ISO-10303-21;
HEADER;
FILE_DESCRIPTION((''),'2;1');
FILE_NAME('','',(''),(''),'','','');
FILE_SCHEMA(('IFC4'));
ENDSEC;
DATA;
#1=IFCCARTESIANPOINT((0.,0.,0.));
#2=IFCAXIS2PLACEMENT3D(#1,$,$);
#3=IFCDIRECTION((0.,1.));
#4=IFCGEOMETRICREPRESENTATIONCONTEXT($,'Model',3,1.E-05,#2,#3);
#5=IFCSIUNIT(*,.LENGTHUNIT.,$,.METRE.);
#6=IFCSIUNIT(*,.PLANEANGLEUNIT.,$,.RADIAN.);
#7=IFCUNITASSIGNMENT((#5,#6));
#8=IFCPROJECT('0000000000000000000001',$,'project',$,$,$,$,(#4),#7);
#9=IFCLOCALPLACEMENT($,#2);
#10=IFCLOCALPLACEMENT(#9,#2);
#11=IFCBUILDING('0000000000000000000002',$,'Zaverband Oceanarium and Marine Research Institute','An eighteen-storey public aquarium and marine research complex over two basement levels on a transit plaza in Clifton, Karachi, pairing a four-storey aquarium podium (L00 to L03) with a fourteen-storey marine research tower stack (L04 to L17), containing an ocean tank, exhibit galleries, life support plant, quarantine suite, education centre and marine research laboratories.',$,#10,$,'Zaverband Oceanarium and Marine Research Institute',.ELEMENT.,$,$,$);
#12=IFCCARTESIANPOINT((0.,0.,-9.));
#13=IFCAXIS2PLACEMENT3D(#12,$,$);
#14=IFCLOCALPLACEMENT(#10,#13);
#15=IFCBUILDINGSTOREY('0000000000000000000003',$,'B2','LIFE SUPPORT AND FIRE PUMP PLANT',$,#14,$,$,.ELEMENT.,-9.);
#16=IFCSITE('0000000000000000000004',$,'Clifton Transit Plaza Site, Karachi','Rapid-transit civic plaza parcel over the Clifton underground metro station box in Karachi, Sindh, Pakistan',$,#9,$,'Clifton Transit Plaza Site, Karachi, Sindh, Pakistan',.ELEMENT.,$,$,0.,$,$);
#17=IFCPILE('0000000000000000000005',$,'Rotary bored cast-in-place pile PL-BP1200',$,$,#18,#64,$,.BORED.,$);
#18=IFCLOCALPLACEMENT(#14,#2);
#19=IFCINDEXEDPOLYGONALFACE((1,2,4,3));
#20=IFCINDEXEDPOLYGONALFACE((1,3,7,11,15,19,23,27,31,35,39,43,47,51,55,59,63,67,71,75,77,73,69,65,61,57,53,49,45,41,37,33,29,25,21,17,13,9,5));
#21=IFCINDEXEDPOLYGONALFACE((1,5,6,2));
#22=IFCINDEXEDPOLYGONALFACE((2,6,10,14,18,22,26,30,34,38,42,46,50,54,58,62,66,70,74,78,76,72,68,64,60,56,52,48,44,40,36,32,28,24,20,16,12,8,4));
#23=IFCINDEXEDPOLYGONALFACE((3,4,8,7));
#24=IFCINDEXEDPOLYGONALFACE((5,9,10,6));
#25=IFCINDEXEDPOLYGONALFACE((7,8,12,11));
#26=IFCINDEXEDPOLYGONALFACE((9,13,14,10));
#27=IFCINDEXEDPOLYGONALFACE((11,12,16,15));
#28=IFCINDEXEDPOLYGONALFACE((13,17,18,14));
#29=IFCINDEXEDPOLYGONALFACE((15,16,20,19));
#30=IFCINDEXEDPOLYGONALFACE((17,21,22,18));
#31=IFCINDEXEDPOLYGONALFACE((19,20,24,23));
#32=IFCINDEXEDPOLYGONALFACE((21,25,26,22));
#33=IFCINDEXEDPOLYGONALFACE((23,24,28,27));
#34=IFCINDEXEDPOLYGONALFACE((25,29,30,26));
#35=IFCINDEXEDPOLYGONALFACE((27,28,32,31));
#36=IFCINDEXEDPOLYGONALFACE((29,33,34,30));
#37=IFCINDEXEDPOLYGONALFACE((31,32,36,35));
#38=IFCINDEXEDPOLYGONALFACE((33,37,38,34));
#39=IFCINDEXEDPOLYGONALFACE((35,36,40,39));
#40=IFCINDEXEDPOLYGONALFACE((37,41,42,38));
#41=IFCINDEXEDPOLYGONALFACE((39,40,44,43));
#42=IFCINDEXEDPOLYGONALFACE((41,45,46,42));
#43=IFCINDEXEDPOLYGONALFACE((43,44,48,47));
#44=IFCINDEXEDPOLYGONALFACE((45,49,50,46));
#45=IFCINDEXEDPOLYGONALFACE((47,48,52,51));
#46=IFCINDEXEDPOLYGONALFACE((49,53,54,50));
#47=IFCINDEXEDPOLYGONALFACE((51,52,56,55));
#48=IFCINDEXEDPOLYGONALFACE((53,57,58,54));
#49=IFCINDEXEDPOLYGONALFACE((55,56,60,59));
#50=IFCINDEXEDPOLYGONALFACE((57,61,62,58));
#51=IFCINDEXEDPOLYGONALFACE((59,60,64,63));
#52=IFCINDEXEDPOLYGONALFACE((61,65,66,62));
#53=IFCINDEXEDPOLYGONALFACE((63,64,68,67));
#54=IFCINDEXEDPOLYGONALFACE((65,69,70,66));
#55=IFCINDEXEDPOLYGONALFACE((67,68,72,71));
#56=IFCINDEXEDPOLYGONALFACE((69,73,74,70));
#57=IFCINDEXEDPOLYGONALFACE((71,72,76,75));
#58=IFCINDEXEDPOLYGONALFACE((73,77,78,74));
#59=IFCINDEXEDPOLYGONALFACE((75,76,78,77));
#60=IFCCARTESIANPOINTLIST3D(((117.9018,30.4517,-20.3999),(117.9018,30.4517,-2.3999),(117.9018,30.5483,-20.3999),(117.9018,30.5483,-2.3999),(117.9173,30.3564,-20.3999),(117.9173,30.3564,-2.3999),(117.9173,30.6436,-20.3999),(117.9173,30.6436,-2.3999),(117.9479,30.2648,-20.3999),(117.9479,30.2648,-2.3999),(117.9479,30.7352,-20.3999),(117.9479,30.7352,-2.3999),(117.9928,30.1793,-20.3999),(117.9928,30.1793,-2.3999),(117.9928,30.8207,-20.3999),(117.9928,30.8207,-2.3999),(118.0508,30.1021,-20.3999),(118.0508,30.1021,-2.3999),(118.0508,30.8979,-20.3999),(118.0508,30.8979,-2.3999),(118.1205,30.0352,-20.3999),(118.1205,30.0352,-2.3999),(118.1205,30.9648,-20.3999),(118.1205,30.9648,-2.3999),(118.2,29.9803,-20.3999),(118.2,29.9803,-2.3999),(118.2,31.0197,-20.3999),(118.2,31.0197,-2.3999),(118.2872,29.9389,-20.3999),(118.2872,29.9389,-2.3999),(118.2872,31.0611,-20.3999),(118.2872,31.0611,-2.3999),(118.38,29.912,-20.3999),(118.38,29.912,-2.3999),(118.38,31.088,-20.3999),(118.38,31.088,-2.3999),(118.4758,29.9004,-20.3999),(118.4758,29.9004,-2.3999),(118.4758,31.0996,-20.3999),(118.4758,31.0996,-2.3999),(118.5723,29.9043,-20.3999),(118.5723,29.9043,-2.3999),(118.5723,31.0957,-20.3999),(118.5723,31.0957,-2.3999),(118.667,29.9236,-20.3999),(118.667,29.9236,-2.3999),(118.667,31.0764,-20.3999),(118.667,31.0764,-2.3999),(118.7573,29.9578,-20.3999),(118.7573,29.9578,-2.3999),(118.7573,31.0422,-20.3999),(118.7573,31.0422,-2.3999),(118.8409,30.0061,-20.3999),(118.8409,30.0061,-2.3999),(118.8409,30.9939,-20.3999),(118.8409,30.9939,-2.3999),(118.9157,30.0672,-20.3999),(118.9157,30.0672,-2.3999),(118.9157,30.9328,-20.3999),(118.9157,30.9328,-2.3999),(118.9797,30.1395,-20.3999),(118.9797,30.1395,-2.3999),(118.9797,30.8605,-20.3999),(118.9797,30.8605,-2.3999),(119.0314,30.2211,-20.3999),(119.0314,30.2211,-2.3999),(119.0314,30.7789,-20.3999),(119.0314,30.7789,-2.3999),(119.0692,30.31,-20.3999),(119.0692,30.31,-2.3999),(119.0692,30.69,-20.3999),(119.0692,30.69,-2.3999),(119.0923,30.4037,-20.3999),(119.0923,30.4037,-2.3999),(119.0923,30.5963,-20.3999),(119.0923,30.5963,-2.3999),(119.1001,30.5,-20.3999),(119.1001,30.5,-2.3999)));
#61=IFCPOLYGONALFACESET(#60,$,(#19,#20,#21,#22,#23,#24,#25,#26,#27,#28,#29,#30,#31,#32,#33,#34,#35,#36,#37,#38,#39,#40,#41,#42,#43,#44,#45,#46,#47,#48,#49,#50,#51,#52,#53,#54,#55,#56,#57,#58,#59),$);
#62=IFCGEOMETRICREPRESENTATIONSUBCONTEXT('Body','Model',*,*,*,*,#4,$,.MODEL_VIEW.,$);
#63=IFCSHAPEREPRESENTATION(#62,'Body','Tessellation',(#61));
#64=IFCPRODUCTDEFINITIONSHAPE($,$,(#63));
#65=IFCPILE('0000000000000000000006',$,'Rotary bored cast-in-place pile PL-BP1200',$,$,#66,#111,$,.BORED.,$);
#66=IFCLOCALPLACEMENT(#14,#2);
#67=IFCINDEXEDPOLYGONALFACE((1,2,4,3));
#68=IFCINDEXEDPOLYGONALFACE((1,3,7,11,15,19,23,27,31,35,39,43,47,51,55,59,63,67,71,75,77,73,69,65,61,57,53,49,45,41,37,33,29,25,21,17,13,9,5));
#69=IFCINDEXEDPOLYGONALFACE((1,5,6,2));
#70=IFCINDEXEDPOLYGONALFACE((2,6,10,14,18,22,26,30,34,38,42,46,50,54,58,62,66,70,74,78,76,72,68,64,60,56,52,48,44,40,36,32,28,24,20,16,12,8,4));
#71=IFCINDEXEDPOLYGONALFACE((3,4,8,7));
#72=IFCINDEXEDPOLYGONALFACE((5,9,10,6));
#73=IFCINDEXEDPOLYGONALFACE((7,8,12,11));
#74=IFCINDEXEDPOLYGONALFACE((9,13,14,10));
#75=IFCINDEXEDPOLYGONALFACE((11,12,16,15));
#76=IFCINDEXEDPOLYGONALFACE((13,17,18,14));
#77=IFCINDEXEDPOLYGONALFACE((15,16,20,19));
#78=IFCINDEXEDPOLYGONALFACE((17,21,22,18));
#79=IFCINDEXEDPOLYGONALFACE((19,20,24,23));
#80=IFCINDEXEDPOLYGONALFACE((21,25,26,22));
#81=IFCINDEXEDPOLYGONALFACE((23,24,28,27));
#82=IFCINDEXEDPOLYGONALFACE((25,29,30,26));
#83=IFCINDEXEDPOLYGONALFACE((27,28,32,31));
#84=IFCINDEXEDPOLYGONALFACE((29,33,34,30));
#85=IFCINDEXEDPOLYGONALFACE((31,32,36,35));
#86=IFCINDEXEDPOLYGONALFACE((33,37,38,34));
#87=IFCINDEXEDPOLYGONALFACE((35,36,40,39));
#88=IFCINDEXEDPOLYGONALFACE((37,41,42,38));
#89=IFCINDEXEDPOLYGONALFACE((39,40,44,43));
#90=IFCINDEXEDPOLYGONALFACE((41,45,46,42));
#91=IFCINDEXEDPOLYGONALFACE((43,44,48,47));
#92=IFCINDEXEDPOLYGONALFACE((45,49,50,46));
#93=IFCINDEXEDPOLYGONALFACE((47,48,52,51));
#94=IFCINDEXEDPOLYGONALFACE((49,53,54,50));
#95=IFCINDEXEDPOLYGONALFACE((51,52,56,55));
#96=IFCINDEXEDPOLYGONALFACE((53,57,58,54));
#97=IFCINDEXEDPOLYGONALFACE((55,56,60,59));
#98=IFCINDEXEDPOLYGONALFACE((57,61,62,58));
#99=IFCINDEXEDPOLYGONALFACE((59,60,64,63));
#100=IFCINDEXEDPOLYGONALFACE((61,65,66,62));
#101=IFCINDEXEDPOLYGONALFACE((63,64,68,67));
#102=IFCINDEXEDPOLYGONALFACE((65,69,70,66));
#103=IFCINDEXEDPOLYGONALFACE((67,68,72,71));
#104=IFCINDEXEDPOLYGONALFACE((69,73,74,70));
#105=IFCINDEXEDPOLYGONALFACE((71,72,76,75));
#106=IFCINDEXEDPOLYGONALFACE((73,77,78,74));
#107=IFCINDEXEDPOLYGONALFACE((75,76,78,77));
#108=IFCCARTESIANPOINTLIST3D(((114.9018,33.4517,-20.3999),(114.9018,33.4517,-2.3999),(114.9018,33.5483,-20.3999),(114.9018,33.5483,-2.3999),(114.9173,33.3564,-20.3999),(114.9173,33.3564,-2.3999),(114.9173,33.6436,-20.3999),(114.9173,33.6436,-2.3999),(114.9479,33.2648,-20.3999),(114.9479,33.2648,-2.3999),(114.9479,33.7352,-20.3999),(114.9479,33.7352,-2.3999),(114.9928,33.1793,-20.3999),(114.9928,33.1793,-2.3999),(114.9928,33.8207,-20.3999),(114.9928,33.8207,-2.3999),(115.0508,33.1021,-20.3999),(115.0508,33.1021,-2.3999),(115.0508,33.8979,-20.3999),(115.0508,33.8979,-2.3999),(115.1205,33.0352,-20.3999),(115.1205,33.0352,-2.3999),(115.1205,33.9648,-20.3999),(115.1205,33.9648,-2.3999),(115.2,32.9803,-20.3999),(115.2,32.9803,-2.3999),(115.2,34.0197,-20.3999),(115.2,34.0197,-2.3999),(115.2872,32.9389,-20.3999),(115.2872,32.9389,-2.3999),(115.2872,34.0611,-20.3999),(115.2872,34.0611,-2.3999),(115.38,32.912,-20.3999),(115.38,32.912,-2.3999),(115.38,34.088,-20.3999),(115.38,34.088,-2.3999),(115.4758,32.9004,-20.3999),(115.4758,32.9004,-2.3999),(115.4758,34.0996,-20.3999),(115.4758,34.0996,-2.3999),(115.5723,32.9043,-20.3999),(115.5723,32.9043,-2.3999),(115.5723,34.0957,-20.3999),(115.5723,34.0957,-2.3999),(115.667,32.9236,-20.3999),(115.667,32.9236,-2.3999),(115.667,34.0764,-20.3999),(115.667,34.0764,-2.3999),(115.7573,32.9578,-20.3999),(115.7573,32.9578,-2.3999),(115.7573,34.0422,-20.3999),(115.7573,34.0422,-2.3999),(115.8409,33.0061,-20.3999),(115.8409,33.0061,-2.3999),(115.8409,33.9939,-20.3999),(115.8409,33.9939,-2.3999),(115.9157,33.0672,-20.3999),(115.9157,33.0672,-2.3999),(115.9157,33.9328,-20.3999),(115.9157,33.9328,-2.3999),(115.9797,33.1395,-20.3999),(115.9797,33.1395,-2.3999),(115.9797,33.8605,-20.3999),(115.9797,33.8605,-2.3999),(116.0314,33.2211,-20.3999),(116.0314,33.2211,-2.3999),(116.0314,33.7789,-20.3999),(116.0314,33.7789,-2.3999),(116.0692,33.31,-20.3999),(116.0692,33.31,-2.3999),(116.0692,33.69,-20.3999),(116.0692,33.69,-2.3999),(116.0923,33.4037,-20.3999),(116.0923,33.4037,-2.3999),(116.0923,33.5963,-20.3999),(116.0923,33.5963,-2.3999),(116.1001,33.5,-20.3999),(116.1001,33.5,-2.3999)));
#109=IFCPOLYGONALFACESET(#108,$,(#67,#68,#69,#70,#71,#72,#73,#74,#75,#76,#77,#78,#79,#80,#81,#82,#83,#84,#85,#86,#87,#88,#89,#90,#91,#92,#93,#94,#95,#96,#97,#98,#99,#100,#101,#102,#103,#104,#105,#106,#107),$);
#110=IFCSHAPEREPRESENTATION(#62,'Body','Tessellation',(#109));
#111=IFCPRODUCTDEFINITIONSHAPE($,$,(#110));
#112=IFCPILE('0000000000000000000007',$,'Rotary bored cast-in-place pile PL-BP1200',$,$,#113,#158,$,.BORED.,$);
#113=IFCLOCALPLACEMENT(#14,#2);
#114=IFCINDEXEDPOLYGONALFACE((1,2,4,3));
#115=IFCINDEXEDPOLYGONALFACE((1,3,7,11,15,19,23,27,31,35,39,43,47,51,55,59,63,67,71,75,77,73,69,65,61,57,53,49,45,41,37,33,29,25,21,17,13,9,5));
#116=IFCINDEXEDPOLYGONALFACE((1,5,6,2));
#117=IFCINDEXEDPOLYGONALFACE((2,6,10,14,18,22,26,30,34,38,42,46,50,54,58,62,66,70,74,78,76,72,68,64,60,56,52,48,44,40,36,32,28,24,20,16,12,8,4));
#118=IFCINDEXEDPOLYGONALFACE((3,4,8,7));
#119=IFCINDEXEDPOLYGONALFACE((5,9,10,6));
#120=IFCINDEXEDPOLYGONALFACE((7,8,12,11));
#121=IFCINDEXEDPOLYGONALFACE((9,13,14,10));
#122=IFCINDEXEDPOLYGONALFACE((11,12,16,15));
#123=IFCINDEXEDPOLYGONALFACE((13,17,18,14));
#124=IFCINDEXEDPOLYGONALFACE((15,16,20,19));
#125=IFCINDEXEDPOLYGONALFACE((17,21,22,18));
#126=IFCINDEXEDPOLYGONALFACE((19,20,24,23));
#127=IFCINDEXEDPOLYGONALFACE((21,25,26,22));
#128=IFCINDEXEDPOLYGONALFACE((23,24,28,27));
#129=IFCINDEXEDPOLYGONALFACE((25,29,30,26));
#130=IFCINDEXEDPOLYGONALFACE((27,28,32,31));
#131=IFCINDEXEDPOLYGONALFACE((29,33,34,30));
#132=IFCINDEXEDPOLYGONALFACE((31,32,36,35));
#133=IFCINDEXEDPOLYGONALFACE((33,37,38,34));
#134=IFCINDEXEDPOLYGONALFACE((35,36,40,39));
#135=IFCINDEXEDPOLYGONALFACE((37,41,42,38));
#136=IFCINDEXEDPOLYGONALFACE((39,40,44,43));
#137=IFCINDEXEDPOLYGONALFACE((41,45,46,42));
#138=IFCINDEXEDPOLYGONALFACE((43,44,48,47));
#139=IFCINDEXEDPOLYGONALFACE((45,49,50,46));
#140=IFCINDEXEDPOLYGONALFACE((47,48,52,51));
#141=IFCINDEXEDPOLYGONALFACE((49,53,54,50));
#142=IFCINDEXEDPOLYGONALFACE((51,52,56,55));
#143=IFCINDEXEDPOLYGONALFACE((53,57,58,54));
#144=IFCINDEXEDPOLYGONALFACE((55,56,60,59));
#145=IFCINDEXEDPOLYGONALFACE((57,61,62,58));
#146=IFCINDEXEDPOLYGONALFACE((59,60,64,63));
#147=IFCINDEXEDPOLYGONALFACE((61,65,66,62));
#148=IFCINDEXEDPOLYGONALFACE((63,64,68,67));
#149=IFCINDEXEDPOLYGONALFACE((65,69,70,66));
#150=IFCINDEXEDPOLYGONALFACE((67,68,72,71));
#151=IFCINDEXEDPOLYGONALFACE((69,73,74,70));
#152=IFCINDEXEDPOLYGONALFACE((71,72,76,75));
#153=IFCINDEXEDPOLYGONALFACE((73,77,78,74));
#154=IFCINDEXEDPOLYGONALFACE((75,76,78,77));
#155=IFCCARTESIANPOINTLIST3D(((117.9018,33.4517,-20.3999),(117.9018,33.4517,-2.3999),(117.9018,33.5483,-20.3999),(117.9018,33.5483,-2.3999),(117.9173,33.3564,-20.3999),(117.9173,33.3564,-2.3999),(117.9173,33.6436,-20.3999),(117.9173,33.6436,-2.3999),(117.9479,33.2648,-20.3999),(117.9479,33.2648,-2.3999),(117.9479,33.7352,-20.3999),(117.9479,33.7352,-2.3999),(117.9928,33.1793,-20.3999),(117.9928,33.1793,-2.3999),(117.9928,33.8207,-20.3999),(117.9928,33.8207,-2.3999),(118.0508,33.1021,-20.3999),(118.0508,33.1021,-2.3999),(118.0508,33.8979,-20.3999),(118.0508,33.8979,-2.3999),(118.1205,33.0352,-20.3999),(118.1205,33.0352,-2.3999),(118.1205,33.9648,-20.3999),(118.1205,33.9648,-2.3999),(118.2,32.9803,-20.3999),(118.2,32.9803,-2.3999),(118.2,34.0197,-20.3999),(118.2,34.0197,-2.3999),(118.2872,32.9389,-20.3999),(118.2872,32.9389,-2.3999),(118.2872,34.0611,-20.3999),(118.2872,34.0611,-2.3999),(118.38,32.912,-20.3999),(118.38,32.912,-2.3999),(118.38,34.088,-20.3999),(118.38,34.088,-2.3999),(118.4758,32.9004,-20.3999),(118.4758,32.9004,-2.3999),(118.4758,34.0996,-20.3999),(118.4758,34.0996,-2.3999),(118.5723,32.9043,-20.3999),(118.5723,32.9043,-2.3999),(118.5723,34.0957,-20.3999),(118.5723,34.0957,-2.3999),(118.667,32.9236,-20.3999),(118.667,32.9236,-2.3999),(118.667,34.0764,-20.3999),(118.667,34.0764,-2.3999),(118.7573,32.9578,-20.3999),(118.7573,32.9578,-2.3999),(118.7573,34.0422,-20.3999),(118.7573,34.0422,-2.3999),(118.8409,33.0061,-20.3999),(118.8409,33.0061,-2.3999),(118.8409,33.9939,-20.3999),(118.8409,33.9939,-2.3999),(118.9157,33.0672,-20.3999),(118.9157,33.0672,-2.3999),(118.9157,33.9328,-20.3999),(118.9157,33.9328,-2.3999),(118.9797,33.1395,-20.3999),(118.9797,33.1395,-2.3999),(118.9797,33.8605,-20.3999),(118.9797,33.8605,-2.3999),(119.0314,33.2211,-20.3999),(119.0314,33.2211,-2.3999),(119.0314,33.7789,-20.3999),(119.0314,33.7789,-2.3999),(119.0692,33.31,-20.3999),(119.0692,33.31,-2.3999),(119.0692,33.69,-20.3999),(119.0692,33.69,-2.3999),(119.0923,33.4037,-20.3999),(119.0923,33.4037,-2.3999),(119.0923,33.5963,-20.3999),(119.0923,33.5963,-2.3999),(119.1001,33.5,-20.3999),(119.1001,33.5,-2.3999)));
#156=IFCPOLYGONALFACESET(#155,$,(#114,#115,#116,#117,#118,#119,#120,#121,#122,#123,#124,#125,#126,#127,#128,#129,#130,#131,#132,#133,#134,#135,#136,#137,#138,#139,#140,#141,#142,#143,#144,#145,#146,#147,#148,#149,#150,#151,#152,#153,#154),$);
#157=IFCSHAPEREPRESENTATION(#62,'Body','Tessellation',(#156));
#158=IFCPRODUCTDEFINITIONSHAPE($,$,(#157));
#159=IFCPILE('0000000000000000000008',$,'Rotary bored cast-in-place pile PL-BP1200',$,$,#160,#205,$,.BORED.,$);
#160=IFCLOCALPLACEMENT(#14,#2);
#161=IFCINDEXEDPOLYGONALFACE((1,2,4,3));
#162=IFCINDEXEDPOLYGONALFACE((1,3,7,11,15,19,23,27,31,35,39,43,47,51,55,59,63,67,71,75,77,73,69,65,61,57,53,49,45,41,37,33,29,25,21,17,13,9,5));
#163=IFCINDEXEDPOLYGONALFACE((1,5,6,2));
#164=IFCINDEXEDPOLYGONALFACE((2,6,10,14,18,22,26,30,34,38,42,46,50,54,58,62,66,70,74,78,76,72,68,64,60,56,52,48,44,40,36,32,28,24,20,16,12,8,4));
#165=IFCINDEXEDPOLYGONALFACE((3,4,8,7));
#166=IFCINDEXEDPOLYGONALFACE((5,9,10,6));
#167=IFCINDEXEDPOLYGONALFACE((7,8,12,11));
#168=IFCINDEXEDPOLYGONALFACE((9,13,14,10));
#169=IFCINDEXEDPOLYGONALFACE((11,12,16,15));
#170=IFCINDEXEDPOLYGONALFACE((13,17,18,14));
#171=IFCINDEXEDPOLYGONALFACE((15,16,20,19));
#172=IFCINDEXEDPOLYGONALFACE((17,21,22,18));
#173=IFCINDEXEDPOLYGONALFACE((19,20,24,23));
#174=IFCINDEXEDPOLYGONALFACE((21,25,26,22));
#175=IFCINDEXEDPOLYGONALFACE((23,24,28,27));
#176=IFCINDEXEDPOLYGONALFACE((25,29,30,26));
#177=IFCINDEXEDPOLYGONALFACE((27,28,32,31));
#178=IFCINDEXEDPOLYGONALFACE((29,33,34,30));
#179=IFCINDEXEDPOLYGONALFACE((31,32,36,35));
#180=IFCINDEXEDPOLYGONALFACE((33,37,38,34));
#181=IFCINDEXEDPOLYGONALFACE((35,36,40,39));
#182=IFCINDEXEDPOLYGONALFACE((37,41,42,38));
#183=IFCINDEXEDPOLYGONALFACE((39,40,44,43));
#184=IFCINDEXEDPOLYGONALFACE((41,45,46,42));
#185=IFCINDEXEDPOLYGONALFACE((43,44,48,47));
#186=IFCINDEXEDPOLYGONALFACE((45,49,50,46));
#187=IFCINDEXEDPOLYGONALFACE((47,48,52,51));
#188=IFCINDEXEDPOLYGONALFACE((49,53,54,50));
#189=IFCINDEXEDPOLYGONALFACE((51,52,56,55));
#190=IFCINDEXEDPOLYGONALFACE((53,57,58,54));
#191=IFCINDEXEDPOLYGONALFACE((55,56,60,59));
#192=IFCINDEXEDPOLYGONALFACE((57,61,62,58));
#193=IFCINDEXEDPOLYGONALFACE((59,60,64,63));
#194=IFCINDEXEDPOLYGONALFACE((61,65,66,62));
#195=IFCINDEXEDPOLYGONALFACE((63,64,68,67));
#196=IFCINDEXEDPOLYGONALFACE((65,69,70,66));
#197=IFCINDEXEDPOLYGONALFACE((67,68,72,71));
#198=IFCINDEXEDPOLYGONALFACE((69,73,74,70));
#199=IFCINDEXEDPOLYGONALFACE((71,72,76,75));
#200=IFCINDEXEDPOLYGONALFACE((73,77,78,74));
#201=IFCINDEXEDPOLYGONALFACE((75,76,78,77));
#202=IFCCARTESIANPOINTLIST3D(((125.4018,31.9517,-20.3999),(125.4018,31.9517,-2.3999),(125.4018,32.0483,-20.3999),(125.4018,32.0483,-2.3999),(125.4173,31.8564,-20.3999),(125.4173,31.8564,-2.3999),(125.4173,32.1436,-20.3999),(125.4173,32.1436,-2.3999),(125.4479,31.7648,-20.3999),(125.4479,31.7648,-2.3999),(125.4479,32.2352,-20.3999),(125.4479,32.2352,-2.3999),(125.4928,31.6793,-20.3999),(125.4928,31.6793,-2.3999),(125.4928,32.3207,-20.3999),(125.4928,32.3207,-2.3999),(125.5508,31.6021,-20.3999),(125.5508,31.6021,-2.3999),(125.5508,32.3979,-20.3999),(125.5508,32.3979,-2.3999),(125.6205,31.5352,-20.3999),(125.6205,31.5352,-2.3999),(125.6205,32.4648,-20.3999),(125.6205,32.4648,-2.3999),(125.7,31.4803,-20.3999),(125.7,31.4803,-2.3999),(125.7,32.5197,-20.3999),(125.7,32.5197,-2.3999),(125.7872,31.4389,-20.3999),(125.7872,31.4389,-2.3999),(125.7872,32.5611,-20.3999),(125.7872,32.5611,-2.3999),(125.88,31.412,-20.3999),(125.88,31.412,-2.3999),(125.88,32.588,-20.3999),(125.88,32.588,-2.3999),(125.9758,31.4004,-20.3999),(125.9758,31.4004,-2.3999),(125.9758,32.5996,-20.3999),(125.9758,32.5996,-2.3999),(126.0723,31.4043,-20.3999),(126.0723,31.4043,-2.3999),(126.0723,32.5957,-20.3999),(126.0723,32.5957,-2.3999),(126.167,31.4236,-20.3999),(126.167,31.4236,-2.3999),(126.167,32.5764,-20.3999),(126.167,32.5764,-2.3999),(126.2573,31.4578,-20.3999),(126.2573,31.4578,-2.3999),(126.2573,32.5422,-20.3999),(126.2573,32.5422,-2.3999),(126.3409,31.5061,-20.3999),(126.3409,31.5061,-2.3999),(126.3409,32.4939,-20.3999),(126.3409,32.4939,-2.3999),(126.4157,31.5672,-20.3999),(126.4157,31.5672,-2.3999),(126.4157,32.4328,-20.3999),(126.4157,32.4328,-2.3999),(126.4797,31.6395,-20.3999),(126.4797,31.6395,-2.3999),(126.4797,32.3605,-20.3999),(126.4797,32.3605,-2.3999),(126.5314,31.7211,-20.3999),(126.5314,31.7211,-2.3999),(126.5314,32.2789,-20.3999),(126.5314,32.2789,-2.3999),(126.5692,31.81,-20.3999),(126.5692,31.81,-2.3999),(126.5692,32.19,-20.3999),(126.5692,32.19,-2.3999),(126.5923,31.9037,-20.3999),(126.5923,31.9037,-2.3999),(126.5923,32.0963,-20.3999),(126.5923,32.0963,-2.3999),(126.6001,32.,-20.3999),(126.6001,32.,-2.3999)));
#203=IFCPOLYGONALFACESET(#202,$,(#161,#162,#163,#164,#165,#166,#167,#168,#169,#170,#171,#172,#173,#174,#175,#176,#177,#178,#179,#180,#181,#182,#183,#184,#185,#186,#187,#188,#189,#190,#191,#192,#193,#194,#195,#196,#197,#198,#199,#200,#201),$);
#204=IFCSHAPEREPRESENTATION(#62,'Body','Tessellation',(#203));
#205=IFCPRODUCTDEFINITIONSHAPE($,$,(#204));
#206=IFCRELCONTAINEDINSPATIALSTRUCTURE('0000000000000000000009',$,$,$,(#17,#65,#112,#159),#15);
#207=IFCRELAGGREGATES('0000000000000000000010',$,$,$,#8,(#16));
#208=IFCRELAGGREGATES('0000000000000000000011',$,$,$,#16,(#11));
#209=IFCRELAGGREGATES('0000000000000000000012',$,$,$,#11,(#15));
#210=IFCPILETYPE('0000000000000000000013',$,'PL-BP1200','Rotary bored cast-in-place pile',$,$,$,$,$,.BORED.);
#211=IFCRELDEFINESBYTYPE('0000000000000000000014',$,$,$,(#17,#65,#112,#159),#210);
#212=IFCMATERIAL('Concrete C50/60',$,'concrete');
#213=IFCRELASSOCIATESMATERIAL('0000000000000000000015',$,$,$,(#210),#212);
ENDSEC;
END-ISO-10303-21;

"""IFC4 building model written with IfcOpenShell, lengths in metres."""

from ifc_helpers import new_model, si_unit, direction, frame, origin, origin_2d, place, context, subcontext, project, spatial, circle, extrude, material, material_profile, profile_set, type_object, element, save


model = new_model("IFC4")

# Units and contexts
model_context = context("Model", 3, precision=1e-05, world=origin(), true_north=direction((0.0, 1.0)))
body_context = subcontext(model_context, "Body", "Model", "MODEL_VIEW")
ifc_project = project(units=[si_unit("LENGTHUNIT", "METRE"), si_unit("PLANEANGLEUNIT", "RADIAN")], contexts=[model_context])

# Site, building, storey
site_placement = place(None, origin())
site = spatial("IfcSite", under=ifc_project, at=site_placement, Name="Clifton Transit Plaza Site, Karachi", Description="Rapid-transit civic plaza parcel over the Clifton underground metro station box in Karachi, Sindh, Pakistan", LongName="Clifton Transit Plaza Site, Karachi, Sindh, Pakistan", CompositionType="ELEMENT", RefElevation=0.0)
building_placement = place(site_placement, origin())
building = spatial("IfcBuilding", under=site, at=building_placement, Name="Zaverband Oceanarium and Marine Research Institute", Description="An eighteen-storey public aquarium and marine research complex over two basement levels on a transit plaza in Clifton, Karachi, pairing a four-storey aquarium podium (L00 to L03) with a fourteen-storey marine research tower stack (L04 to L17), containing an ocean tank, exhibit galleries, life support plant, quarantine suite, education centre and marine research laboratories.", LongName="Zaverband Oceanarium and Marine Research Institute", CompositionType="ELEMENT")
storey_placement = place(building_placement, frame((0.0, 0.0, -9.0)))
storey = spatial("IfcBuildingStorey", under=building, at=storey_placement, Name="B2", Description="LIFE SUPPORT AND FIRE PUMP PLANT", CompositionType="ELEMENT", Elevation=-9.0)

# Shared definitions
ifc_material_1 = material(Name="Concrete C50/60", Category="concrete")

# Piles
ifc_material_profile_1 = material_profile(ifc_material_1, circle(Radius=0.6001, at=origin_2d()), Name="BP1200")
ifc_profile_set_1 = profile_set([ifc_material_profile_1], Name="Concrete C50/60")
pile_type = type_object("IfcPileType", Name="PL-BP1200", Description="Rotary bored cast-in-place pile", PredefinedType="BORED", material=ifc_profile_set_1)
for number, where, z_axis, x_axis, name in (
    (1, (118.5, 30.5, -2.3999), (0.0, 0.0, -1.0), (1.0, 0.0, 0.0), "Rotary bored cast-in-place pile PL-BP1200"),
    (2, (115.5, 33.5, -2.3999), (0.0, 0.0, -1.0), (1.0, 0.0, 0.0), "Rotary bored cast-in-place pile PL-BP1200"),
    (3, (118.5, 33.5, -2.3999), (0.0, 0.0, -1.0), (1.0, 0.0, 0.0), "Rotary bored cast-in-place pile PL-BP1200"),
    (4, (126.0, 32.0, -2.3999), (0.0, 0.0, -1.0), (1.0, 0.0, 0.0), "Rotary bored cast-in-place pile PL-BP1200"),
):
    element("IfcPile", number, at=place(storey_placement, frame(where, z_axis=z_axis, x_axis=x_axis)), inside=storey, type_object=pile_type, Name=name, PredefinedType="BORED", context=body_context, shape_type="SweptSolid", body=[
        extrude(circle(Radius=0.6001, at=origin_2d()), origin(), (0.0, 0.0, 1.0), 18.0),
    ])

save(model, "model.ifc")
